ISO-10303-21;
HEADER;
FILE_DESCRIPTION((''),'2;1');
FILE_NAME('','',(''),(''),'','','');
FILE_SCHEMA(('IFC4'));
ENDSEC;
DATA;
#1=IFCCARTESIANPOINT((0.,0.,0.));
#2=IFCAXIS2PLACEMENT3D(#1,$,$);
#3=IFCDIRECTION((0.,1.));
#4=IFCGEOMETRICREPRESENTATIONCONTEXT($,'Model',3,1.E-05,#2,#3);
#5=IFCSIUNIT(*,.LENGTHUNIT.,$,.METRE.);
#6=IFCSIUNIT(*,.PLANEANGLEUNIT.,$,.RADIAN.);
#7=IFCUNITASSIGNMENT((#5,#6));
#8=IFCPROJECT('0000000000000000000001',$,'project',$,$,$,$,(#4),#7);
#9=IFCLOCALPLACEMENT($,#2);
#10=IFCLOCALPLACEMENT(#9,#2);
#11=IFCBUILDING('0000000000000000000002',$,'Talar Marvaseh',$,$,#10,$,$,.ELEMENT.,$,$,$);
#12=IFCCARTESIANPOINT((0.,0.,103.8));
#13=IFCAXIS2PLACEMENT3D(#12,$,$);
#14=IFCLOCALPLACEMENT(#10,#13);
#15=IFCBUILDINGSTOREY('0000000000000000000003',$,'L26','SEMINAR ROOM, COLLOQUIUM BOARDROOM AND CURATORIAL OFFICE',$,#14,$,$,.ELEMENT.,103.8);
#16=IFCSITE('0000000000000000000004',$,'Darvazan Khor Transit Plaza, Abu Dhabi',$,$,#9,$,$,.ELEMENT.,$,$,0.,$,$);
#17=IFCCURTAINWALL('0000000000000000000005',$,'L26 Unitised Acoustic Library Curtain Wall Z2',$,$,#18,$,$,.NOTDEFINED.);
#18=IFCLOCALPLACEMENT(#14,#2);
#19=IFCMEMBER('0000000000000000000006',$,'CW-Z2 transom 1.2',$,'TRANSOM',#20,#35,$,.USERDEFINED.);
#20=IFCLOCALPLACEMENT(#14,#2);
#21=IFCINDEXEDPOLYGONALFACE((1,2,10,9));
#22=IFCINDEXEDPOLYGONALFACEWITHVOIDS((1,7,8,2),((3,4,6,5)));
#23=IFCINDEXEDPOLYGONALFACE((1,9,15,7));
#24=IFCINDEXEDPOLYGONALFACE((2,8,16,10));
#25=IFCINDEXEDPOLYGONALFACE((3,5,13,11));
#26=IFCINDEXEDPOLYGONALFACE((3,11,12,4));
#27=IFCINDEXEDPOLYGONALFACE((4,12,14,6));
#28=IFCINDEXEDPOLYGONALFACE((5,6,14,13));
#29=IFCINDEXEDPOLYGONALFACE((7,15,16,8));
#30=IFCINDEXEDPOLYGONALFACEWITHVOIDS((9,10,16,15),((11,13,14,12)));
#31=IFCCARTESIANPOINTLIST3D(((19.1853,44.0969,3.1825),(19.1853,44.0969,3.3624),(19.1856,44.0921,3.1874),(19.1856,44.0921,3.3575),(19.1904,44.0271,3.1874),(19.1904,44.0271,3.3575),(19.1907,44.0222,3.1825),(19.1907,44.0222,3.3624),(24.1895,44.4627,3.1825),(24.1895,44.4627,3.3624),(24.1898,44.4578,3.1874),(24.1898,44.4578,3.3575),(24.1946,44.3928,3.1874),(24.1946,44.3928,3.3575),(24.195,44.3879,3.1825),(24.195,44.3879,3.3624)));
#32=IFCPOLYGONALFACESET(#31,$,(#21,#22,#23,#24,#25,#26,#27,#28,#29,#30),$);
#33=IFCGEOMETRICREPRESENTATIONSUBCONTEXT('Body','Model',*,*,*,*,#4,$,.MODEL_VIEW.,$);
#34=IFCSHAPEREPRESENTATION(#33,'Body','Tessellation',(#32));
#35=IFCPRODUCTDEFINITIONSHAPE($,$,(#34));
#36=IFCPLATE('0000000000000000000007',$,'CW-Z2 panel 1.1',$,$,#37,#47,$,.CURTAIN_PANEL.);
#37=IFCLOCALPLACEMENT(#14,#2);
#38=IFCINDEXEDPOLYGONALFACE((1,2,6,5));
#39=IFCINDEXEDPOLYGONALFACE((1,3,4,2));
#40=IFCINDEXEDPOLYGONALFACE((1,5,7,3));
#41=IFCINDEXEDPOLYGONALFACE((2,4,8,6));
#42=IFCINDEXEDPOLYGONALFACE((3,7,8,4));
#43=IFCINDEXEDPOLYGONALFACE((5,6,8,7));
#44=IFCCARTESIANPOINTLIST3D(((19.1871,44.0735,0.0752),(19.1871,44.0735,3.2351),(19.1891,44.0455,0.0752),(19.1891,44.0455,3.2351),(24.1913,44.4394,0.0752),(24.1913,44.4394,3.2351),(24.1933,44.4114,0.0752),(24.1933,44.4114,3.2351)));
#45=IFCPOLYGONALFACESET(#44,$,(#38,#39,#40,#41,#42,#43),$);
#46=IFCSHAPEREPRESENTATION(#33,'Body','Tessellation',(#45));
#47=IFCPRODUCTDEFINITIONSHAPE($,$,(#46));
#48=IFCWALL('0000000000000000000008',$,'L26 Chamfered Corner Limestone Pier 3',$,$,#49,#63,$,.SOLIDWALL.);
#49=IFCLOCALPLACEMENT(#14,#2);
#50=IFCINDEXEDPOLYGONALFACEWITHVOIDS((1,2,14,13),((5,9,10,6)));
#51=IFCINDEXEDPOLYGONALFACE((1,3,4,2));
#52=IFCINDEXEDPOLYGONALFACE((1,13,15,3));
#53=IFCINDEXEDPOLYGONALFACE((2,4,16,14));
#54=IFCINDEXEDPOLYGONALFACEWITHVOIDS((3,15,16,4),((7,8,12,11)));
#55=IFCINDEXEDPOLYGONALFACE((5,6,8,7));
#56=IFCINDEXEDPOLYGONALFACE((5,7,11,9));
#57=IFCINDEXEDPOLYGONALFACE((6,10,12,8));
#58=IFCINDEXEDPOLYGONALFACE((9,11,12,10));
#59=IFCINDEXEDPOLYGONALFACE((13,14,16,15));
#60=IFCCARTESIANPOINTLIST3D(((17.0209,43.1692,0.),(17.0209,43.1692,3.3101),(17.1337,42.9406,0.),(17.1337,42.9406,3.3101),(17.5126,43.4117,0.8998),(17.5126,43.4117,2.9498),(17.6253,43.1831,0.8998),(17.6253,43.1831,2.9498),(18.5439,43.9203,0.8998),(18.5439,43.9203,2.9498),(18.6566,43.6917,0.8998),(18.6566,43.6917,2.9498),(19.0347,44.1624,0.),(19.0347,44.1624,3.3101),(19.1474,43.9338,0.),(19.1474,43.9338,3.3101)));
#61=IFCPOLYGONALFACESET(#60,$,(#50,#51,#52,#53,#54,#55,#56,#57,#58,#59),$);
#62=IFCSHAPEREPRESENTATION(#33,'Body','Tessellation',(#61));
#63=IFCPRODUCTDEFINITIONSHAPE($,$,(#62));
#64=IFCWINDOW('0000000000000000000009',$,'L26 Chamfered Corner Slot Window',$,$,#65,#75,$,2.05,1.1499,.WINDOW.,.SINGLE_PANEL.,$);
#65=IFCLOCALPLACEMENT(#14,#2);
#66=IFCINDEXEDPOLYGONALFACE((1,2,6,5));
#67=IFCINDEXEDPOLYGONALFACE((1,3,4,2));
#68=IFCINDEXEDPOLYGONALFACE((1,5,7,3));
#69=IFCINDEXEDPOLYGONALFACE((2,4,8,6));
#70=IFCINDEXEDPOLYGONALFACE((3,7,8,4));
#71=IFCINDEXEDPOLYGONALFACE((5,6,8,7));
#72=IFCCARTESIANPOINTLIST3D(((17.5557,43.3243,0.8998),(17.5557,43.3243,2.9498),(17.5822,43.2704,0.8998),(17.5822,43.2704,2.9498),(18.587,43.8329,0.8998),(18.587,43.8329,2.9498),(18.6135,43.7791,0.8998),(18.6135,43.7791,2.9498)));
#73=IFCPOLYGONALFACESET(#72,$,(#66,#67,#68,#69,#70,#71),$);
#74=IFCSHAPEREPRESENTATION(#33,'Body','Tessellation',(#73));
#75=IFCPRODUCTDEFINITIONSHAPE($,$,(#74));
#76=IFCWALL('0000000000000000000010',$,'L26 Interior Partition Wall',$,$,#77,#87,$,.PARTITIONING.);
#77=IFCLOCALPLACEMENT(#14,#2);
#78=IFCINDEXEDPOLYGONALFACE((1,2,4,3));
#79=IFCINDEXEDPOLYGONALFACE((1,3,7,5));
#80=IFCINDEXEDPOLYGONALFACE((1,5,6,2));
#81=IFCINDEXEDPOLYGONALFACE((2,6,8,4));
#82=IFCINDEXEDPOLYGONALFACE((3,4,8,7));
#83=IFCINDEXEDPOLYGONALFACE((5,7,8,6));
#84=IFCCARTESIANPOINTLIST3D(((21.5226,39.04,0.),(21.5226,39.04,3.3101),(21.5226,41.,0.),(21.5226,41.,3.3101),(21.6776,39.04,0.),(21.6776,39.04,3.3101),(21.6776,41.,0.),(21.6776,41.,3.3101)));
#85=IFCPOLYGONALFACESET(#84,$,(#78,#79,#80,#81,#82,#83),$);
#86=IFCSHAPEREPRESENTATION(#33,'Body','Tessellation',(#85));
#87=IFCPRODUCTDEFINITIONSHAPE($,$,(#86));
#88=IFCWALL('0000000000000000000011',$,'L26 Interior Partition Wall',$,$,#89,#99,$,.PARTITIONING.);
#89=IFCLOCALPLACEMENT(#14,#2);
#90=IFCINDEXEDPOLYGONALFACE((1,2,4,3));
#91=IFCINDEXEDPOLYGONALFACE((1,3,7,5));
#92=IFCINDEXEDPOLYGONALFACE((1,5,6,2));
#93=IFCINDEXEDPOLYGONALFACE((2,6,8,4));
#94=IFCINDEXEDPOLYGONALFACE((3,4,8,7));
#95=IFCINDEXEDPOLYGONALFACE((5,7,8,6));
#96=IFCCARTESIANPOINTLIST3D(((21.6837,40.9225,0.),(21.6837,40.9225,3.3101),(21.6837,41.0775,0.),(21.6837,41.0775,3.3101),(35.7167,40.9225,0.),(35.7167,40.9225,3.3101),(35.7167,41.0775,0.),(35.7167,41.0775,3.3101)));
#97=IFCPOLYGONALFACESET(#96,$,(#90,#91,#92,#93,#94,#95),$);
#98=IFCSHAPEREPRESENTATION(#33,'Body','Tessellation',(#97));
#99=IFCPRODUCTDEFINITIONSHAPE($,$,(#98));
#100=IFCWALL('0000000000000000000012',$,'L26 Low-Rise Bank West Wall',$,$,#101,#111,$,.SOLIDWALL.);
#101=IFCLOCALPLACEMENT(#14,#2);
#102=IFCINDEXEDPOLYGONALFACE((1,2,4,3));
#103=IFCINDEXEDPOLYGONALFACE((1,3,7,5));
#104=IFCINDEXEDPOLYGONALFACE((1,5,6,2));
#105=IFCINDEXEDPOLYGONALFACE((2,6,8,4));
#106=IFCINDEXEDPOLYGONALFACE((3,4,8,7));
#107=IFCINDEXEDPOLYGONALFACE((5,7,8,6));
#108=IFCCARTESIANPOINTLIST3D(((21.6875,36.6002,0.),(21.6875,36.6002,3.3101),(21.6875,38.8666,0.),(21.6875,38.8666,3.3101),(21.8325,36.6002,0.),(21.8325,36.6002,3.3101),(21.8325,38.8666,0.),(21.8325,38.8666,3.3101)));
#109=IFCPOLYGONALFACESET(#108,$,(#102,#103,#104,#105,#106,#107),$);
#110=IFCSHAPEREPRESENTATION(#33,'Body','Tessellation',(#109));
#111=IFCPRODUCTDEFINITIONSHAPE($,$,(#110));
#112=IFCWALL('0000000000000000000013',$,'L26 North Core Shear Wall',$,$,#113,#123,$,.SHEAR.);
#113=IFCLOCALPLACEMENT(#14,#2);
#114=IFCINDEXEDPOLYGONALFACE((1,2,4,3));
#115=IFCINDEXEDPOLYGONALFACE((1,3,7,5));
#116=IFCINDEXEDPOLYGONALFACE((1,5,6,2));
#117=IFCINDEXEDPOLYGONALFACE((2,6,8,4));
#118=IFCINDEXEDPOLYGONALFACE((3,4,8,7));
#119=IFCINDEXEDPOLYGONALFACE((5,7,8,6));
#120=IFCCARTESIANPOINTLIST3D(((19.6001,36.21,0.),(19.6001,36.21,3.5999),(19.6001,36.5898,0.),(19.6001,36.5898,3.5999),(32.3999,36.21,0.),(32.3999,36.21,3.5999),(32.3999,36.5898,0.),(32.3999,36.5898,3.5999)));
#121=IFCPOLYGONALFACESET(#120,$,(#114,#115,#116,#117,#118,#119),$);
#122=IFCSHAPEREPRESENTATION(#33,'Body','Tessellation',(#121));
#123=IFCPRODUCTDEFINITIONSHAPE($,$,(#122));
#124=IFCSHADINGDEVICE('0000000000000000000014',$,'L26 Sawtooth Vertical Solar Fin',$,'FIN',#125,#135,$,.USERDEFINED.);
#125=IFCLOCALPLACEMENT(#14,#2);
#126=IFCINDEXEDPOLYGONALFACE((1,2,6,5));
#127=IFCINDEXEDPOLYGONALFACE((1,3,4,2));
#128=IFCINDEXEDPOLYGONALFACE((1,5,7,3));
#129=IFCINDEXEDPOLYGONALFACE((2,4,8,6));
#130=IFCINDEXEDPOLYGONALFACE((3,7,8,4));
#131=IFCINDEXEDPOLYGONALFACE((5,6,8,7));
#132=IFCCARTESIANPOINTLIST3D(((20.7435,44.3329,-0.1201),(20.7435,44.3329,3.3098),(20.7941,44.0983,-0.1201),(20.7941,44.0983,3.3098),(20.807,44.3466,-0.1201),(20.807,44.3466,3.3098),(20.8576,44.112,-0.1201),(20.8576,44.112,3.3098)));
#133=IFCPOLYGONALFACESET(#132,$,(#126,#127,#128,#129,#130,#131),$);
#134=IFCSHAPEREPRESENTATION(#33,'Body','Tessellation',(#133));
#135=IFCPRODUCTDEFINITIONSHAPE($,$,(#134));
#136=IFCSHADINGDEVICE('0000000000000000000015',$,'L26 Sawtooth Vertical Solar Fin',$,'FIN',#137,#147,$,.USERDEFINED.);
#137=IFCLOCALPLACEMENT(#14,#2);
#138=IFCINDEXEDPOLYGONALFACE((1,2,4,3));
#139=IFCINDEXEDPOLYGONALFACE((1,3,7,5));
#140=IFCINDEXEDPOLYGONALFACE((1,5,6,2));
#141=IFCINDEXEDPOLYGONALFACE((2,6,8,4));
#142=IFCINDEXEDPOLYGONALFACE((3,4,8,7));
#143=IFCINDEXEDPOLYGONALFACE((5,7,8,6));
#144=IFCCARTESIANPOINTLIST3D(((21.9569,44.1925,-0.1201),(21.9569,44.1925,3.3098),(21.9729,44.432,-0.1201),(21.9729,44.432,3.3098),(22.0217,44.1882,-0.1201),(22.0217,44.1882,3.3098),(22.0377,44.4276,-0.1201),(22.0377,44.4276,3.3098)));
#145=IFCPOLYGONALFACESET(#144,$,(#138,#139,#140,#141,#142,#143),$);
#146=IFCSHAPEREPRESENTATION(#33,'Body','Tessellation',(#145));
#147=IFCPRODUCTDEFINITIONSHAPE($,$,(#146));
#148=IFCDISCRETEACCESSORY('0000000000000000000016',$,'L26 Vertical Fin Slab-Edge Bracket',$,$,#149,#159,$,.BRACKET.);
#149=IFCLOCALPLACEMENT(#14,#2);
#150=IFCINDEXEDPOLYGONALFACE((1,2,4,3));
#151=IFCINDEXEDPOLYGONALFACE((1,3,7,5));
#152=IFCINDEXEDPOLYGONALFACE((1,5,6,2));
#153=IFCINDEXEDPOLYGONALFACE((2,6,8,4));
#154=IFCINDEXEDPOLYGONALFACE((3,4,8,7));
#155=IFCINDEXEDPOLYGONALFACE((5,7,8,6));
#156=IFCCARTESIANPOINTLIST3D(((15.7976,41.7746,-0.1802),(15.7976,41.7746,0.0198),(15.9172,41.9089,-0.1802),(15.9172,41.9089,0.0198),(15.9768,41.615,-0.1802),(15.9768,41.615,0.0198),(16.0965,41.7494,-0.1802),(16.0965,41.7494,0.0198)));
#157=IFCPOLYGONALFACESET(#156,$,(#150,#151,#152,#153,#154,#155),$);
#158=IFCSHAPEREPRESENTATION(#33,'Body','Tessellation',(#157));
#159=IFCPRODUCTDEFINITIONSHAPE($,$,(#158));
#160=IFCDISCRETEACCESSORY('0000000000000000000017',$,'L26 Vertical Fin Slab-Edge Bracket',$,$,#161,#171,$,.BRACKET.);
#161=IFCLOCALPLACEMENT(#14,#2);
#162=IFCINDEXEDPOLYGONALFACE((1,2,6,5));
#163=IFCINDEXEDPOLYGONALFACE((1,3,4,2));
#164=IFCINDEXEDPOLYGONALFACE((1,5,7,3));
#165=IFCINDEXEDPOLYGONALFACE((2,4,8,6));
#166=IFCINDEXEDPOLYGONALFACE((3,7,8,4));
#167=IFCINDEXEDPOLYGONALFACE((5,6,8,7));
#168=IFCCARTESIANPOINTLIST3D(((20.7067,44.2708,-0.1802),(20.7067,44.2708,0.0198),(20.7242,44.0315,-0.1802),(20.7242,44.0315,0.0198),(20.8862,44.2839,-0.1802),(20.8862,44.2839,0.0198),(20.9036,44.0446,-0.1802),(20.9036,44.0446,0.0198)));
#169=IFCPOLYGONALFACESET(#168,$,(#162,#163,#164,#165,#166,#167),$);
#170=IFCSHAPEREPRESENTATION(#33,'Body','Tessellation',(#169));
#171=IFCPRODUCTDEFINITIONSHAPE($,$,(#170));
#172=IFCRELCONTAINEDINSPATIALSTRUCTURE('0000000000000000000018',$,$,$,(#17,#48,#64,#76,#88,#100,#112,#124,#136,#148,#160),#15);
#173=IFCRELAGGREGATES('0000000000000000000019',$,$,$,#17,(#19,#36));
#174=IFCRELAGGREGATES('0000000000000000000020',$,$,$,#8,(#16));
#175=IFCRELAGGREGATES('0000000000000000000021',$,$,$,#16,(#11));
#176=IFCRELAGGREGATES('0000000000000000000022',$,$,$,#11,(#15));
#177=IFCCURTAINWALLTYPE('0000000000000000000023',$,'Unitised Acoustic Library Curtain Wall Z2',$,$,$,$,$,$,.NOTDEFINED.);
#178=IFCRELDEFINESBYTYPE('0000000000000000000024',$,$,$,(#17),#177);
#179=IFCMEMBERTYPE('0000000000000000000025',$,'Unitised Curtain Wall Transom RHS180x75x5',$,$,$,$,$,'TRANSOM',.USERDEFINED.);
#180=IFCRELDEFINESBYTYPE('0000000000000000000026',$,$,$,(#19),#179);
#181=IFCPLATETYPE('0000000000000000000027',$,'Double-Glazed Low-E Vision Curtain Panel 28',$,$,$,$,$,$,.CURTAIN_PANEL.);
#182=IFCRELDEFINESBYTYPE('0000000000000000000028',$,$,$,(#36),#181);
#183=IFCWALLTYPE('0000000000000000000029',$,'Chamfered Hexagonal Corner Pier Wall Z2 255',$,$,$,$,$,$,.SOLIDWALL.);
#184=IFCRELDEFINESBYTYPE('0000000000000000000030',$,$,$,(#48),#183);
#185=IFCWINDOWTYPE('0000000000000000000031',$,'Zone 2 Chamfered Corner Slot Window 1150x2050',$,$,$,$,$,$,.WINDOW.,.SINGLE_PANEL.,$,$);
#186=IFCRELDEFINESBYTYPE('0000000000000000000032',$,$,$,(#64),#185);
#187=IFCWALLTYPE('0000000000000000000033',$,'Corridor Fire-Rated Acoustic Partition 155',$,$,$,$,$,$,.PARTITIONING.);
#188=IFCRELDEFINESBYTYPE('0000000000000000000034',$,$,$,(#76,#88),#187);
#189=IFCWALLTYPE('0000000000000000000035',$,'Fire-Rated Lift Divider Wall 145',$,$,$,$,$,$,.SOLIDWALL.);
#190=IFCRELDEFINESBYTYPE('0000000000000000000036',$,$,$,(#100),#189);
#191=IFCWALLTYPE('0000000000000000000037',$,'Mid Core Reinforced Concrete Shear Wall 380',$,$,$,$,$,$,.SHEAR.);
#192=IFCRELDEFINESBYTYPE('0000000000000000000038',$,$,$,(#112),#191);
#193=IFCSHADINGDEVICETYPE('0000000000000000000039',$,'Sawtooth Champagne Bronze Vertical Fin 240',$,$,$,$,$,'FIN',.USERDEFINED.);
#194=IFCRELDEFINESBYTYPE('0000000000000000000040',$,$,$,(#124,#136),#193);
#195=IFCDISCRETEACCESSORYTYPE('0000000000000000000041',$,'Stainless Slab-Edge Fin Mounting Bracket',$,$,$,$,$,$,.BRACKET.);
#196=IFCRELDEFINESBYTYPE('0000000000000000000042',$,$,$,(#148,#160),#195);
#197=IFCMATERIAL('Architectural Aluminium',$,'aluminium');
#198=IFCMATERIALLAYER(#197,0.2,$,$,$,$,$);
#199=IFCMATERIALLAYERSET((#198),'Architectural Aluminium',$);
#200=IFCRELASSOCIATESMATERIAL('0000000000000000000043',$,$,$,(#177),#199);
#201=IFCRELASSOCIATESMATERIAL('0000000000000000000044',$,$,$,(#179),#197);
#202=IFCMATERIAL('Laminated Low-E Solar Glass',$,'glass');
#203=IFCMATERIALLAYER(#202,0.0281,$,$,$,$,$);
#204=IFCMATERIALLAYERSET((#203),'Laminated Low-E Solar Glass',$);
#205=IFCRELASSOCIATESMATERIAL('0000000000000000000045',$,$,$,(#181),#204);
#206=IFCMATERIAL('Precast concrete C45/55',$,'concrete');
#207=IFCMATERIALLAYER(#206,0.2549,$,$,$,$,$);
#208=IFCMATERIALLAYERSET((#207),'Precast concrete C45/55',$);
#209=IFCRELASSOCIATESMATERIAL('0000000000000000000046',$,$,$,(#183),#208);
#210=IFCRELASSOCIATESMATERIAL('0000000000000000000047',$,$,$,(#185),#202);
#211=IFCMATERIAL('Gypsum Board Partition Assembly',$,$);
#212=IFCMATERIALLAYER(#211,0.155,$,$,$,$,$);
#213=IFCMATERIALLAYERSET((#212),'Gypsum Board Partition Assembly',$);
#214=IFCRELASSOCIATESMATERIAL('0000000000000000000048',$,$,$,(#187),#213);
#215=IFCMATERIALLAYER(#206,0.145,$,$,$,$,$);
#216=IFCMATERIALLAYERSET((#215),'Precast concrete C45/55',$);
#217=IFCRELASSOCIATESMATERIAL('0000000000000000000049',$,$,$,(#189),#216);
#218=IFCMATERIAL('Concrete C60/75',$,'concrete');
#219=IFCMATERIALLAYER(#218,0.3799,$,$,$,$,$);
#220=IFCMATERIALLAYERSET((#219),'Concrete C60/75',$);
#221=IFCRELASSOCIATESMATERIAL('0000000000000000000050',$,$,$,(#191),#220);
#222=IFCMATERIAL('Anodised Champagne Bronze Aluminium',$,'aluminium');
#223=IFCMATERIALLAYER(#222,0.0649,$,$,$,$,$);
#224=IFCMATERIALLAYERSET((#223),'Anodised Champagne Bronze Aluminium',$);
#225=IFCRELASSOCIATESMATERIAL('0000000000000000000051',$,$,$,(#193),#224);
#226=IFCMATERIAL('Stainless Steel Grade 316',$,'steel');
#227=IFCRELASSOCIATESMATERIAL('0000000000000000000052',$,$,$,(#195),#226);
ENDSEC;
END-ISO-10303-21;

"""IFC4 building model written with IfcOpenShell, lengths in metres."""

from ifc_helpers import new_model, si_unit, direction, frame, frame_2d, origin, origin_2d, place, context, subcontext, project, spatial, rectangle, hollow_rectangle, extrude, source, transform, mapped, material, layer, layer_set, material_profile, profile_set, type_object, type_shapes, element, fill, aggregate, save


model = new_model("IFC4")

# Units and contexts
model_context = context("Model", 3, precision=1e-05, world=origin(), true_north=direction((0.0, 1.0)))
body_context = subcontext(model_context, "Body", "Model", "MODEL_VIEW")
ifc_project = project(units=[si_unit("LENGTHUNIT", "METRE"), si_unit("PLANEANGLEUNIT", "RADIAN")], contexts=[model_context])

# Site, building, storey
site_placement = place(None, origin())
site = spatial("IfcSite", under=ifc_project, at=site_placement, Name="Darvazan Khor Transit Plaza, Abu Dhabi", CompositionType="ELEMENT", RefElevation=0.0)
building_placement = place(site_placement, origin())
building = spatial("IfcBuilding", under=site, at=building_placement, Name="Talar Marvaseh", CompositionType="ELEMENT")
storey_placement = place(building_placement, frame((0.0, 0.0, 103.8)))
storey = spatial("IfcBuildingStorey", under=building, at=storey_placement, Name="L26", Description="SEMINAR ROOM, COLLOQUIUM BOARDROOM AND CURATORIAL OFFICE", CompositionType="ELEMENT", Elevation=103.8)

# Shared definitions
ifc_material_1 = material(Name="Concrete C60/75", Category="concrete")

# Shared definitions
ifc_material_2 = material(Name="Architectural Aluminium", Category="aluminium")
ifc_layer_1 = layer(ifc_material_2, 0.2)
ifc_layer_set_1 = layer_set([ifc_layer_1], Name="Architectural Aluminium")
curtain_wall_type = type_object("IfcCurtainWallType", Name="Unitised Acoustic Library Curtain Wall Z2", PredefinedType="NOTDEFINED", material=ifc_layer_set_1)

# Curtain wall, member, plate
curtain_wall_1_placement = place(storey_placement, origin())
curtain_wall_1 = element("IfcCurtainWall", 1, at=curtain_wall_1_placement, inside=storey, type_object=curtain_wall_type, Name="L26 Unitised Acoustic Library Curtain Wall Z2", PredefinedType="NOTDEFINED")
ifc_material_profile_1 = material_profile(ifc_material_2, hollow_rectangle(XDim=0.075, YDim=0.1799, WallThickness=0.0049, at=origin_2d()), Name="RHS180x75x5")
ifc_profile_set_1 = profile_set([ifc_material_profile_1], Name="Architectural Aluminium")
member_type_1 = type_object("IfcMemberType", Name="Unitised Curtain Wall Transom RHS180x75x5", ElementType="TRANSOM", PredefinedType="USERDEFINED", material=ifc_profile_set_1)
shared_shape_1 = source(origin(), body_context, "Body", "SweptSolid", [
    extrude(hollow_rectangle(XDim=0.075, YDim=0.1799, WallThickness=0.0049, at=origin_2d()), origin(), (0.0, 0.0, 1.0), 5.0176),
])
type_shapes(member_type_1, [shared_shape_1])
member_1_placement = place(storey_placement, frame((19.188, 44.0596, 3.2725), z_axis=(0.99734, 0.072889, 0.0), x_axis=(-0.072889, 0.99734, 0.0)))
member_1 = element("IfcMember", 2, at=member_1_placement, type_object=member_type_1, Name="CW-Z2 transom 1.2", ObjectType="TRANSOM", PredefinedType="USERDEFINED", context=body_context, shape_type="MappedRepresentation", body=[
    mapped(shared_shape_1, transform((0.0, 0.0, 0.0), x_axis=(1.0, 0.0, 0.0), y_axis=(0.0, 1.0, 0.0), z_axis=(0.0, 0.0, 1.0), scale=1.0)),
])
ifc_material_3 = material(Name="Laminated Low-E Solar Glass", Category="glass")
ifc_layer_2 = layer(ifc_material_3, 0.0281)
ifc_layer_set_2 = layer_set([ifc_layer_2], Name="Laminated Low-E Solar Glass")
plate_type = type_object("IfcPlateType", Name="Double-Glazed Low-E Vision Curtain Panel 28", PredefinedType="CURTAIN_PANEL", material=ifc_layer_set_2)
shared_shape_2 = source(origin(), body_context, "Body", "SweptSolid", [
    extrude(rectangle(XDim=5.0176, YDim=0.0281, at=origin_2d()), origin(), (0.0, 0.0, 1.0), 3.1599),
])
type_shapes(plate_type, [shared_shape_2])
plate_placement = place(storey_placement, frame((21.6902, 44.2424, 0.0752), z_axis=(0.0, 0.0, 1.0), x_axis=(0.997337, 0.07293, 0.0)))
plate = element("IfcPlate", 3, at=plate_placement, type_object=plate_type, Name="CW-Z2 panel 1.1", PredefinedType="CURTAIN_PANEL", context=body_context, shape_type="MappedRepresentation", body=[
    mapped(shared_shape_2, transform((0.0, 0.0, 0.0), x_axis=(1.0, 0.0, 0.0), y_axis=(0.0, 1.0, 0.0), z_axis=(0.0, 0.0, 1.0), scale=1.0)),
])
aggregate(curtain_wall_1, [member_1, plate])

# Wall, opening, window
ifc_material_4 = material(Name="Precast concrete C45/55", Category="concrete")
ifc_layer_3 = layer(ifc_material_4, 0.2549)
ifc_layer_set_3 = layer_set([ifc_layer_3], Name="Precast concrete C45/55")
wall_type_1 = type_object("IfcWallType", Name="Chamfered Hexagonal Corner Pier Wall Z2 255", PredefinedType="SOLIDWALL", material=ifc_layer_set_3)
wall_1_placement = place(storey_placement, frame((17.0774, 43.0549, 0.0), z_axis=(0.0, 0.0, 1.0), x_axis=(0.89685, 0.442336, 0.0)))
wall_1 = element("IfcWall", 4, at=wall_1_placement, inside=storey, type_object=wall_type_1, Name="L26 Chamfered Corner Limestone Pier 3", PredefinedType="SOLIDWALL", context=body_context, shape_type="SweptSolid", body=[
    extrude(rectangle(XDim=2.2454, YDim=0.2549, at=frame_2d((1.1226, 0.0))), origin(), (0.0, 0.0, 1.0), 3.3101),
])
opening_1_placement = place(wall_1_placement, frame((0.5481, 0.0, 0.8999)))
opening_1 = element("IfcOpeningElement", 5, at=opening_1_placement, cuts=wall_1, PredefinedType="OPENING", context=body_context, shape_type="SweptSolid", body=[
    extrude(rectangle(XDim=1.1499, YDim=2.05, at=frame_2d((0.575, 1.0249))), frame((0.0, 0.1375, 0.0), z_axis=(0.0, -1.0, 0.0), x_axis=(1.0, 0.0, 0.0)), (0.0, 0.0, 1.0), 0.2749),
])
window_type = type_object("IfcWindowType", Name="Zone 2 Chamfered Corner Slot Window 1150x2050", PartitioningType="SINGLE_PANEL", PredefinedType="WINDOW", material=ifc_material_3)
shared_shape_3 = source(origin(), body_context, "Body", "SweptSolid", [
    extrude(rectangle(XDim=1.1499, YDim=2.05, at=frame_2d((0.575, 1.0249))), frame((0.0, 0.03, 0.0), z_axis=(0.0, -1.0, 0.0), x_axis=(1.0, 0.0, 0.0)), (0.0, 0.0, 1.0), 0.0601),
])
type_shapes(window_type, [shared_shape_3])
window_placement = place(opening_1_placement, origin())
window = element("IfcWindow", 6, at=window_placement, inside=storey, type_object=window_type, Name="L26 Chamfered Corner Slot Window", OverallHeight=2.05, OverallWidth=1.1499, PartitioningType="SINGLE_PANEL", PredefinedType="WINDOW", context=body_context, shape_type="MappedRepresentation", body=[
    mapped(shared_shape_3, transform((0.0, 0.0, 0.0), x_axis=(1.0, 0.0, 0.0), y_axis=(0.0, 1.0, 0.0), z_axis=(0.0, 0.0, 1.0), scale=1.0)),
])
fill(opening_1, window)

# Walls
ifc_material_5 = material(Name="Gypsum Board Partition Assembly")
ifc_layer_4 = layer(ifc_material_5, 0.155)
ifc_layer_set_4 = layer_set([ifc_layer_4], Name="Gypsum Board Partition Assembly")
wall_type_2 = type_object("IfcWallType", Name="Corridor Fire-Rated Acoustic Partition 155", PredefinedType="PARTITIONING", material=ifc_layer_set_4)
wall_2_placement = place(storey_placement, frame((21.6001, 39.04, 0.0), z_axis=(0.0, 0.0, 1.0), x_axis=(0.0, 1.0, 0.0)))
element("IfcWall", 7, at=wall_2_placement, inside=storey, type_object=wall_type_2, Name="L26 Interior Partition Wall", PredefinedType="PARTITIONING", context=body_context, shape_type="SweptSolid", body=[
    extrude(rectangle(XDim=1.96, YDim=0.155, at=frame_2d((0.98, 0.0))), origin(), (0.0, 0.0, 1.0), 3.3101),
])
wall_3_placement = place(storey_placement, frame((21.6836, 41.0, 0.0), z_axis=(0.0, 0.0, 1.0), x_axis=(1.0, 0.0, 0.0)))
element("IfcWall", 8, at=wall_3_placement, inside=storey, type_object=wall_type_2, Name="L26 Interior Partition Wall", PredefinedType="PARTITIONING", context=body_context, shape_type="SweptSolid", body=[
    extrude(rectangle(XDim=14.033, YDim=0.155, at=frame_2d((7.0166, 0.0))), origin(), (0.0, 0.0, 1.0), 3.3101),
])
ifc_layer_5 = layer(ifc_material_4, 0.145)
ifc_layer_set_5 = layer_set([ifc_layer_5], Name="Precast concrete C45/55")
wall_type_3 = type_object("IfcWallType", Name="Fire-Rated Lift Divider Wall 145", PredefinedType="SOLIDWALL", material=ifc_layer_set_5)
wall_4_placement = place(storey_placement, frame((21.76, 36.6001, 0.0), z_axis=(0.0, 0.0, 1.0), x_axis=(0.0, 1.0, 0.0)))
element("IfcWall", 9, at=wall_4_placement, inside=storey, type_object=wall_type_3, Name="L26 Low-Rise Bank West Wall", PredefinedType="SOLIDWALL", context=body_context, shape_type="SweptSolid", body=[
    extrude(rectangle(XDim=2.2664, YDim=0.145, at=frame_2d((1.1333, 0.0))), origin(), (0.0, 0.0, 1.0), 3.3101),
])

# Shared definitions
ifc_material_6 = material(Name="Stainless Steel Grade 316", Category="steel")

# Wall
ifc_layer_6 = layer(ifc_material_1, 0.3799)
ifc_layer_set_6 = layer_set([ifc_layer_6], Name="Concrete C60/75")
wall_type_4 = type_object("IfcWallType", Name="Mid Core Reinforced Concrete Shear Wall 380", PredefinedType="SHEAR", material=ifc_layer_set_6)
wall_5_placement = place(storey_placement, frame((19.6001, 36.3999, 0.0), z_axis=(0.0, 0.0, 1.0), x_axis=(1.0, 0.0, 0.0)))
element("IfcWall", 10, at=wall_5_placement, inside=storey, type_object=wall_type_4, Name="L26 North Core Shear Wall", PredefinedType="SHEAR", context=body_context, shape_type="SweptSolid", body=[
    extrude(rectangle(XDim=12.7998, YDim=0.3799, at=frame_2d((6.3999, 0.0))), origin(), (0.0, 0.0, 1.0), 3.5999),
])

# Shading devices
ifc_material_7 = material(Name="Anodised Champagne Bronze Aluminium", Category="aluminium")
ifc_layer_7 = layer(ifc_material_7, 0.0649)
ifc_layer_set_7 = layer_set([ifc_layer_7], Name="Anodised Champagne Bronze Aluminium")
shading_device_type = type_object("IfcShadingDeviceType", Name="Sawtooth Champagne Bronze Vertical Fin 240", ElementType="FIN", PredefinedType="USERDEFINED", material=ifc_layer_set_7)
shared_shape_4 = source(origin(), body_context, "Body", "SweptSolid", [
    extrude(rectangle(XDim=0.24, YDim=0.0649, at=origin_2d()), origin(), (0.0, 0.0, 1.0), 3.4299),
])
type_shapes(shading_device_type, [shared_shape_4])
for number, where, z_axis, x_axis, name in (
    (11, (20.8005, 44.2224, -0.1201), (0.0, 0.0, 1.0), (-0.210984, 0.97749, 0.0), "L26 Sawtooth Vertical Solar Fin"),
    (12, (21.9973, 44.3101, -0.1201), (0.0, 0.0, 1.0), (0.066622, 0.997778, 0.0), "L26 Sawtooth Vertical Solar Fin"),
):
    element("IfcShadingDevice", number, at=place(storey_placement, frame(where, z_axis=z_axis, x_axis=x_axis)), inside=storey, type_object=shading_device_type, Name=name, ObjectType="FIN", PredefinedType="USERDEFINED", context=body_context, shape_type="MappedRepresentation", body=[
        mapped(shared_shape_4, transform((0.0, 0.0, 0.0), x_axis=(1.0, 0.0, 0.0), y_axis=(0.0, 1.0, 0.0), z_axis=(0.0, 0.0, 1.0), scale=1.0)),
    ])

# Discrete accessories
discrete_accessory_type = type_object("IfcDiscreteAccessoryType", Name="Stainless Slab-Edge Fin Mounting Bracket", PredefinedType="BRACKET", material=ifc_material_6)
shared_shape_5 = source(origin(), body_context, "Body", "SweptSolid", [
    extrude(rectangle(XDim=0.24, YDim=0.1799, at=origin_2d()), origin(), (0.0, 0.0, 1.0), 0.2),
])
type_shapes(discrete_accessory_type, [shared_shape_5])
for number, where, z_axis, x_axis, name in (
    (13, (15.947, 41.762, -0.1802), (0.0, 0.0, 1.0), (-0.74687, 0.66497, 0.0), "L26 Vertical Fin Slab-Edge Bracket"),
    (14, (20.8052, 44.1577, -0.1802), (0.0, 0.0, 1.0), (-0.07289, 0.99734, 0.0), "L26 Vertical Fin Slab-Edge Bracket"),
):
    element("IfcDiscreteAccessory", number, at=place(storey_placement, frame(where, z_axis=z_axis, x_axis=x_axis)), inside=storey, type_object=discrete_accessory_type, Name=name, PredefinedType="BRACKET", context=body_context, shape_type="MappedRepresentation", body=[
        mapped(shared_shape_5, transform((0.0, 0.0, 0.0), x_axis=(1.0, 0.0, 0.0), y_axis=(0.0, 1.0, 0.0), z_axis=(0.0, 0.0, 1.0), scale=1.0)),
    ])

save(model, "model.ifc")
